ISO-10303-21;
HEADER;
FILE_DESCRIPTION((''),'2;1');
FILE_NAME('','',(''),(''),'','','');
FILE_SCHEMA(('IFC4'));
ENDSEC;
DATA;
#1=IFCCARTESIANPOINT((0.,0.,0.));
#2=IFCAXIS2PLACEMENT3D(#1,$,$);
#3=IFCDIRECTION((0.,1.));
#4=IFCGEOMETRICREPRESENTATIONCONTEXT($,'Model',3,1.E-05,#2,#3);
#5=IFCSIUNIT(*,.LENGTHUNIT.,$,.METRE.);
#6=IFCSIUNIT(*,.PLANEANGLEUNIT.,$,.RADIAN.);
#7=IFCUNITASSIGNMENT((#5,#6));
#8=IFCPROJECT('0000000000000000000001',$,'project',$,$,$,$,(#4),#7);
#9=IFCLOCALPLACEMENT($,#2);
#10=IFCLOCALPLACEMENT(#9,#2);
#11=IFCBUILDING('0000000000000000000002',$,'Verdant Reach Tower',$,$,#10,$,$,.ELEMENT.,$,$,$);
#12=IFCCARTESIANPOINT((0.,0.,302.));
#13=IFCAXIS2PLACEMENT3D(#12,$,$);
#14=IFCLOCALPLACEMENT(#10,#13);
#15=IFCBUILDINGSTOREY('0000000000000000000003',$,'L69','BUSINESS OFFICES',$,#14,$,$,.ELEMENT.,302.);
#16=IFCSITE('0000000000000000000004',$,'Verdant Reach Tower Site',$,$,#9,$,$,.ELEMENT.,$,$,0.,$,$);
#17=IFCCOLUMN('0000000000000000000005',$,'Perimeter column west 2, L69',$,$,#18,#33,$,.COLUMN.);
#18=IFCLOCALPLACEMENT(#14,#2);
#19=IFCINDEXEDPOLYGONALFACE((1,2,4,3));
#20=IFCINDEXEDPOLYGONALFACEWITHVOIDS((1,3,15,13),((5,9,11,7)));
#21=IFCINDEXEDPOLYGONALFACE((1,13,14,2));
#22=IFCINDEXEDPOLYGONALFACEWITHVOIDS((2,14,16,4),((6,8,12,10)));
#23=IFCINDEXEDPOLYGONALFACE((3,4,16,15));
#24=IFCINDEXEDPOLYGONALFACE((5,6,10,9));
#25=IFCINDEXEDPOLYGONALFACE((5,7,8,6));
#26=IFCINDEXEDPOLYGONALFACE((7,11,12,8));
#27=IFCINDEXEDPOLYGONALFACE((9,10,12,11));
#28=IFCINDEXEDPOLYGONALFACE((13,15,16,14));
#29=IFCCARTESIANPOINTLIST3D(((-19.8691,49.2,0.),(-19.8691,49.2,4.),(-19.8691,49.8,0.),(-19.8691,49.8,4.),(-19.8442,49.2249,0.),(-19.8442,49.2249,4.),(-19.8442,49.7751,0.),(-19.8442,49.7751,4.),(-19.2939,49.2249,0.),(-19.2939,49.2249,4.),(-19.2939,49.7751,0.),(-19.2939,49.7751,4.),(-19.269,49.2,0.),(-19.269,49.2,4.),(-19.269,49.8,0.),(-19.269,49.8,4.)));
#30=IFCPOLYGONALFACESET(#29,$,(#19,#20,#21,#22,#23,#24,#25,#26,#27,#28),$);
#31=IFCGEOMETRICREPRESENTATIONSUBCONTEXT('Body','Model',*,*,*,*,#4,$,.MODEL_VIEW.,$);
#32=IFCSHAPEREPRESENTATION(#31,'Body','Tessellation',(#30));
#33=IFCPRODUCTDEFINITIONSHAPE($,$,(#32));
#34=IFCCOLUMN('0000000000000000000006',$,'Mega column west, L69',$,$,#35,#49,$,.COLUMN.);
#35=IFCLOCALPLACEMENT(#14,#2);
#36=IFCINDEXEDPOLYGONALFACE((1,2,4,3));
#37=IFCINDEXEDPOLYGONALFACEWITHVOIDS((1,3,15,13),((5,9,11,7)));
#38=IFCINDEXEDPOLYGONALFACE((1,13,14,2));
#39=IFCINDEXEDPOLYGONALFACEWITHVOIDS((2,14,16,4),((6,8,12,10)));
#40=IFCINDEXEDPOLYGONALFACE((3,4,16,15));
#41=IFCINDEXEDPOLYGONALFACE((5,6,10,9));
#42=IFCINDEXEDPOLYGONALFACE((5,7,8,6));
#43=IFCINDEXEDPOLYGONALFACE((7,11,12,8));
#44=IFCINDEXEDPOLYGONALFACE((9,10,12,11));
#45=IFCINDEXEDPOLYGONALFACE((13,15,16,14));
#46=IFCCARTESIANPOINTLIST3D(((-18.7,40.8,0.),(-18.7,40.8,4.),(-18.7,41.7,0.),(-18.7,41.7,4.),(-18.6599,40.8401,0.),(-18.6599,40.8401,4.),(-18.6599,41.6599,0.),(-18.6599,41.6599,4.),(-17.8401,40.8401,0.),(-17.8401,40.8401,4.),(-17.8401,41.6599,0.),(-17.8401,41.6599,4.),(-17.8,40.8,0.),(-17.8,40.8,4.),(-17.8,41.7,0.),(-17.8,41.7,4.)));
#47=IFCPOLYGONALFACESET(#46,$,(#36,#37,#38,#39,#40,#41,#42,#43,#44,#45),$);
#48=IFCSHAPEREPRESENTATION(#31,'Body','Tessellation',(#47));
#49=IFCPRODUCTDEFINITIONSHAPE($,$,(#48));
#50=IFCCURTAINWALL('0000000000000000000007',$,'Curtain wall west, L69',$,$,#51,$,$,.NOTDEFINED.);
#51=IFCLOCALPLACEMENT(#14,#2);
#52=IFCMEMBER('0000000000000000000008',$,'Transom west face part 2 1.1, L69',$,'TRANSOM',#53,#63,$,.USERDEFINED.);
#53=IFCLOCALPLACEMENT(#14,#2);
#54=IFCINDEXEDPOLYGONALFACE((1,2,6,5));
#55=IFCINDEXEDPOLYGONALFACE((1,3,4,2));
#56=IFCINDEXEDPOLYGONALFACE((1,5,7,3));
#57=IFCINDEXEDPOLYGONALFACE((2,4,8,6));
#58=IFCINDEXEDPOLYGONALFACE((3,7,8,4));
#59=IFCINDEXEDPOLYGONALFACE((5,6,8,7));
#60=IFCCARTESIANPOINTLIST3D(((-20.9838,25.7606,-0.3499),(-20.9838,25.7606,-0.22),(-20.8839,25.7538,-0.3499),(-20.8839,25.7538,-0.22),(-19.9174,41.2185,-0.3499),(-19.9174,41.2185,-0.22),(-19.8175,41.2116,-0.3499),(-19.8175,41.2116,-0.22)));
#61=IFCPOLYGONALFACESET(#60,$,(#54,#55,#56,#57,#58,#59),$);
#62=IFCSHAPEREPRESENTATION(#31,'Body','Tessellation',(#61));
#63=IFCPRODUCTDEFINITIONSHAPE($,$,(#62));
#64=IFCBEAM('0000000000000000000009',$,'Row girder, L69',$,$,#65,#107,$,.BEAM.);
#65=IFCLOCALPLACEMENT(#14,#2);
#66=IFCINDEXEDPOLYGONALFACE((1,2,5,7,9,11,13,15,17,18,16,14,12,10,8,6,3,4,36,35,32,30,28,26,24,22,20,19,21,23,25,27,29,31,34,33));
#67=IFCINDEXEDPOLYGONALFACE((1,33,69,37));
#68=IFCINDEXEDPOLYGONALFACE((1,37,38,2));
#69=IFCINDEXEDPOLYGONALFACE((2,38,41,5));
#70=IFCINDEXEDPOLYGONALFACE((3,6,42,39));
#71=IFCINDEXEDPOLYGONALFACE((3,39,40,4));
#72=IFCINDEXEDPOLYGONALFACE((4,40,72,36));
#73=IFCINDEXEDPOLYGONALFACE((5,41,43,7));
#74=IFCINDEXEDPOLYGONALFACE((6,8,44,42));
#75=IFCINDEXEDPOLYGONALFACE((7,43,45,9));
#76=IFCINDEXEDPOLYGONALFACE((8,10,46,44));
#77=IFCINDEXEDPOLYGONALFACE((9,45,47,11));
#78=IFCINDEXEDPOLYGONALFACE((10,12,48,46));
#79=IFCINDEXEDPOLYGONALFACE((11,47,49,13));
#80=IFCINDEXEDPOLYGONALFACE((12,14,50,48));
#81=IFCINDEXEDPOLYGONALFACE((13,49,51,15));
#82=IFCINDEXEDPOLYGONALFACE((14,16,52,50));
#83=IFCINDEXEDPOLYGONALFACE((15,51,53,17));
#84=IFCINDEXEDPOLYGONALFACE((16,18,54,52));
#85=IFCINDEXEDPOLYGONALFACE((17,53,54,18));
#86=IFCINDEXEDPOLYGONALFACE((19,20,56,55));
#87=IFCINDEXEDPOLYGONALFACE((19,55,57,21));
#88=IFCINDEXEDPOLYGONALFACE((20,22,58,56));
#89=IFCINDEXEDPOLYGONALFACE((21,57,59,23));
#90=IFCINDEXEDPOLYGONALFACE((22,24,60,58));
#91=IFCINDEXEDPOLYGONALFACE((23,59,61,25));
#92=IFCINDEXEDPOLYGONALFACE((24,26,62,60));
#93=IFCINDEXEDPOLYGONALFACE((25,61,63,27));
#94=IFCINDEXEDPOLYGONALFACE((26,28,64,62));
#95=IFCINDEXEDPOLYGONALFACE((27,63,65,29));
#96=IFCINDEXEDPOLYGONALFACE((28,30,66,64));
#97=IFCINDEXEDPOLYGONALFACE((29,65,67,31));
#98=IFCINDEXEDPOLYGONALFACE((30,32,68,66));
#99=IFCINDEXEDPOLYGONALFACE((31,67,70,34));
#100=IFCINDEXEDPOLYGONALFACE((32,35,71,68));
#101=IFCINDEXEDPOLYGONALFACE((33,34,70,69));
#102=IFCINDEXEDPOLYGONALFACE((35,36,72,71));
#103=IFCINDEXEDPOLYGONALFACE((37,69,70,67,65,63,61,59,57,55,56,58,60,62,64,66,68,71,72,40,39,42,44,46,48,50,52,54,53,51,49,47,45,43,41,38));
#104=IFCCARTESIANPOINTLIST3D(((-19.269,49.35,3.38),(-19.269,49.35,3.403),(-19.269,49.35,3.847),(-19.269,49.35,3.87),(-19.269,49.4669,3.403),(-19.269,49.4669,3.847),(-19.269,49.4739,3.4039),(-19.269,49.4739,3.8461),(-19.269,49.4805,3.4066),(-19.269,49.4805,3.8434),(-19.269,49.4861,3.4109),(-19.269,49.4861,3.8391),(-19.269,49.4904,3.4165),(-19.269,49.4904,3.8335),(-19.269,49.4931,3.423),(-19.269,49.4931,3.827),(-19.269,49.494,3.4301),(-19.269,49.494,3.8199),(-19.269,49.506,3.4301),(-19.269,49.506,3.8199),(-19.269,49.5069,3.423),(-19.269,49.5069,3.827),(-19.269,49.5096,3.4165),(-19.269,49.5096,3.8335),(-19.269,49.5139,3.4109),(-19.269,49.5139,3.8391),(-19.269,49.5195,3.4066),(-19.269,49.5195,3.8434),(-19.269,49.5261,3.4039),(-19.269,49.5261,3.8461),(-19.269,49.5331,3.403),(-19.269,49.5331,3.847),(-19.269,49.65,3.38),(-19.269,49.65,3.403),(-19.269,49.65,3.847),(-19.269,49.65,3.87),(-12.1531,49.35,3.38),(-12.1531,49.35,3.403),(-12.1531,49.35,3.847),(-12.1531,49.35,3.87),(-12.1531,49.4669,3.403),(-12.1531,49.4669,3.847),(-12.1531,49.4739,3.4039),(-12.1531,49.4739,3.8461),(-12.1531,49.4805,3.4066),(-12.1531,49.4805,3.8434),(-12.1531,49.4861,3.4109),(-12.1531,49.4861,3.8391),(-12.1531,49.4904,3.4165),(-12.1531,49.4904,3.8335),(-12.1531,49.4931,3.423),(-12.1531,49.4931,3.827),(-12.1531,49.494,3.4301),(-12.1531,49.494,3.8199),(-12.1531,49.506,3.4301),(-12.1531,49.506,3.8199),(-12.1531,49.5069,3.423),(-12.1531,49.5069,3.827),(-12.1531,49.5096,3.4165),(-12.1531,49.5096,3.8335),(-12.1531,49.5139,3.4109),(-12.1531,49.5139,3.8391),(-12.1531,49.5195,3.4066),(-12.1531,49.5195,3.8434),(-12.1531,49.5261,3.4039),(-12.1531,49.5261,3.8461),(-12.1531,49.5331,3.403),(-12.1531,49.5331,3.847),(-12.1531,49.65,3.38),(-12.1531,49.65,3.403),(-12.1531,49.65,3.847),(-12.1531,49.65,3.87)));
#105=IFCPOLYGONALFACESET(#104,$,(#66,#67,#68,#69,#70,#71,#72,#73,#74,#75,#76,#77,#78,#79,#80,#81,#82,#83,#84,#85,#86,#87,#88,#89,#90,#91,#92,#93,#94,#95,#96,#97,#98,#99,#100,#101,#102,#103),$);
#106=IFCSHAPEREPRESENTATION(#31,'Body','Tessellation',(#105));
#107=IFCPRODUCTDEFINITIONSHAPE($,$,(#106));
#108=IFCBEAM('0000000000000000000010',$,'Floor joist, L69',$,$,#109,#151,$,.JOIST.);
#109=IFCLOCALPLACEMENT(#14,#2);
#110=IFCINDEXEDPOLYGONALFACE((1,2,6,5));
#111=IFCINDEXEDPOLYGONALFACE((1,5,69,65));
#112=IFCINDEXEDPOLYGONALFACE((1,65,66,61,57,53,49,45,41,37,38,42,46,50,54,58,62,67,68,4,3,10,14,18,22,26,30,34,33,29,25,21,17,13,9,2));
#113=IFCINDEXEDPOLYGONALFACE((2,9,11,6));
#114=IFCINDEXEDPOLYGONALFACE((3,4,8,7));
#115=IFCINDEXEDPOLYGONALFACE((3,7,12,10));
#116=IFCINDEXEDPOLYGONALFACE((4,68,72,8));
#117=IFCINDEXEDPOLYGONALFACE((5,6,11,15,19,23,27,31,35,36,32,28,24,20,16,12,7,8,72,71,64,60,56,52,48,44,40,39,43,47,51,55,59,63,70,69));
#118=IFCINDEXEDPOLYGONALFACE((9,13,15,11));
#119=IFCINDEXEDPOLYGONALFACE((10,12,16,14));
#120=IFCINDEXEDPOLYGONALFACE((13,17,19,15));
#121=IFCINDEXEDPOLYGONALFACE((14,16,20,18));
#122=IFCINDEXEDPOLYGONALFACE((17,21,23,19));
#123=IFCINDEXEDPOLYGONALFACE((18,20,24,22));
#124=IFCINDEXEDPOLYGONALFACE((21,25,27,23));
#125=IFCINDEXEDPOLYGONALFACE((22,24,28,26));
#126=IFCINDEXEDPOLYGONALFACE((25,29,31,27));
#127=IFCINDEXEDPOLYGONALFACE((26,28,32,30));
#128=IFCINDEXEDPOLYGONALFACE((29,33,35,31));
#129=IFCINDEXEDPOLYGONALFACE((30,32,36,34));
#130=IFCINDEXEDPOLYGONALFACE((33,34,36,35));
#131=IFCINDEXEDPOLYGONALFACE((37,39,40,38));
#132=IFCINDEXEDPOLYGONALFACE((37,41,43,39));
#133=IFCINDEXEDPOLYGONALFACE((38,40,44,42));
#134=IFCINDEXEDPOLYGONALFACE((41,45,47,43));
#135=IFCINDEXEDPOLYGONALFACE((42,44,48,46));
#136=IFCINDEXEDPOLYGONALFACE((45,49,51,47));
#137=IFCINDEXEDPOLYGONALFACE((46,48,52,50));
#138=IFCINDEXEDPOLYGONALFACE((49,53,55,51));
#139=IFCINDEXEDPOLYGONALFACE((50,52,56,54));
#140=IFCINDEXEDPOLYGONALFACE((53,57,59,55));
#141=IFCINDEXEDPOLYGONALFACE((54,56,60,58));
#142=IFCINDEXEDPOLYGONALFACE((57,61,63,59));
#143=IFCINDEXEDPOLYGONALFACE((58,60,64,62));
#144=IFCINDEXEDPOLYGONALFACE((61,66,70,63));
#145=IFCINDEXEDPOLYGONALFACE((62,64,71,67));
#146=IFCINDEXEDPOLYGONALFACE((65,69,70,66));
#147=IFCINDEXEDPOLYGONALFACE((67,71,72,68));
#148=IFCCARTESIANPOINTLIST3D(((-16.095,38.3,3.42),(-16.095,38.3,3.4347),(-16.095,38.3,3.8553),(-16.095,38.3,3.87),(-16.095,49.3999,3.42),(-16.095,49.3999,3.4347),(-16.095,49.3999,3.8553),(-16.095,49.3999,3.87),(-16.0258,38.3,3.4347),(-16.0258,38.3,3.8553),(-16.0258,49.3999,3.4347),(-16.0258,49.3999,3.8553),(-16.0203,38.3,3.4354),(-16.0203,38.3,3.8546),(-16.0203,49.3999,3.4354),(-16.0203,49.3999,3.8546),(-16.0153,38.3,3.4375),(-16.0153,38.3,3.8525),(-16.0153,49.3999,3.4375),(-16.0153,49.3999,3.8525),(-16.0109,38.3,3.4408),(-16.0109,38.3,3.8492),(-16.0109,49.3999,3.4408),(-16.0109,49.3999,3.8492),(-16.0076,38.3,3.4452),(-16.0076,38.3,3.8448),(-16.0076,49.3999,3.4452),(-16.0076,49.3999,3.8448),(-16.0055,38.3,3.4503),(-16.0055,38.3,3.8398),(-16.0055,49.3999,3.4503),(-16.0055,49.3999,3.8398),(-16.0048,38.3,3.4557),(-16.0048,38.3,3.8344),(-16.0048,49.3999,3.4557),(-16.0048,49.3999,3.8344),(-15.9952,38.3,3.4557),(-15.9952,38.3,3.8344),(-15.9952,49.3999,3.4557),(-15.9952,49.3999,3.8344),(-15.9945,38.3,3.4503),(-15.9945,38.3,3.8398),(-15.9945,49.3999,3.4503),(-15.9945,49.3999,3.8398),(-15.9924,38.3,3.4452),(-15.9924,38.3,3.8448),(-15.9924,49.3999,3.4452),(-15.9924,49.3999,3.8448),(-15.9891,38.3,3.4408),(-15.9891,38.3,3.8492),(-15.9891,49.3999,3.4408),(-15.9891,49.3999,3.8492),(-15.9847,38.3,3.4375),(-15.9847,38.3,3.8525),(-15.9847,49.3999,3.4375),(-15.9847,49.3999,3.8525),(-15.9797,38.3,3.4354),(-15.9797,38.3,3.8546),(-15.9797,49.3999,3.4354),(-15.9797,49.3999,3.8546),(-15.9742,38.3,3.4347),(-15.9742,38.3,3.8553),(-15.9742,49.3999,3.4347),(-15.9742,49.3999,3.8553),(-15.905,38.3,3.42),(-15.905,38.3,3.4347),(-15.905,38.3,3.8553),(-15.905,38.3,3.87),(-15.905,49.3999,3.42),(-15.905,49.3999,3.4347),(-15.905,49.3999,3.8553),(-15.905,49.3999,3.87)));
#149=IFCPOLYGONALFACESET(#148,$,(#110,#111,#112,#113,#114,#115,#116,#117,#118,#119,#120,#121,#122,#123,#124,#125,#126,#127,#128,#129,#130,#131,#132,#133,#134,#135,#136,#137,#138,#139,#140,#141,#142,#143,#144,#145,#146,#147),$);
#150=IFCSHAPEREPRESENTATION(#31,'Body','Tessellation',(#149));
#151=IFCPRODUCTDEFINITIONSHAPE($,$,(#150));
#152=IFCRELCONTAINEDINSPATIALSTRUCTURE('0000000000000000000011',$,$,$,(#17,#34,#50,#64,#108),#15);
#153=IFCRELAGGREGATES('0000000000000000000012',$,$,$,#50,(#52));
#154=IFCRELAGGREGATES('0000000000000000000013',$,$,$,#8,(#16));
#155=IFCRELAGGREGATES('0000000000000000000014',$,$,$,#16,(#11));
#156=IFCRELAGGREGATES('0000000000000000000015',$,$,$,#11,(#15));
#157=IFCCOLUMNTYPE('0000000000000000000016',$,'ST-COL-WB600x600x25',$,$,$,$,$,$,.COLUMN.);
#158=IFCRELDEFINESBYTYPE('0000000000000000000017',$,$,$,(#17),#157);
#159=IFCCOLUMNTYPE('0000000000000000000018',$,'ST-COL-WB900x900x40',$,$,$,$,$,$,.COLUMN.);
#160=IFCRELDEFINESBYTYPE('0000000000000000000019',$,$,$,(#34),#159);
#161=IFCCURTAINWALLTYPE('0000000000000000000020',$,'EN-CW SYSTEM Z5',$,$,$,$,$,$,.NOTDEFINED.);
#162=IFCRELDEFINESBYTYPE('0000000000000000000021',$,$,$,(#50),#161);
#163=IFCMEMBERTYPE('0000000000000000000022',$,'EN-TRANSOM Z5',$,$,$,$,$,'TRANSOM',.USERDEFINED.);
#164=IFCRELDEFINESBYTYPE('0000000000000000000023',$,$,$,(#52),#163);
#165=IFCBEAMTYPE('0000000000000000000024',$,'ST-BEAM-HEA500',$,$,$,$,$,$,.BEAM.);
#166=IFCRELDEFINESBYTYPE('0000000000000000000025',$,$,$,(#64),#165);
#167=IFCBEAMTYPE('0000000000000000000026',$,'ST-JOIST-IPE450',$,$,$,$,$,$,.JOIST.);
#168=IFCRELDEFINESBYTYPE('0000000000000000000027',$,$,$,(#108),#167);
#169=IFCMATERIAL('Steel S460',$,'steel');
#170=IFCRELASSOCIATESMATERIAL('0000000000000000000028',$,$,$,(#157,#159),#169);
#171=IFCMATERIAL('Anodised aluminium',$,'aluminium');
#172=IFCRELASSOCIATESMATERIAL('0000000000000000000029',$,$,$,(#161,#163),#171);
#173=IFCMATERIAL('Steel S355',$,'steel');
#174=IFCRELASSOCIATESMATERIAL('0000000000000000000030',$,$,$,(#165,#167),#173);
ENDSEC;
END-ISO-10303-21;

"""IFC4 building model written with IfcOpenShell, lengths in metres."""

from ifc_helpers import new_model, si_unit, direction, frame, origin, origin_2d, place, context, subcontext, project, spatial, rectangle, hollow_rectangle, i_section, extrude, material, material_profile, profile_set, type_object, element, aggregate, save


model = new_model("IFC4")

# Units and contexts
model_context = context("Model", 3, precision=1e-05, world=origin(), true_north=direction((0.0, 1.0)))
body_context = subcontext(model_context, "Body", "Model", "MODEL_VIEW")
ifc_project = project(units=[si_unit("LENGTHUNIT", "METRE"), si_unit("PLANEANGLEUNIT", "RADIAN")], contexts=[model_context])

# Site, building, storey
site_placement = place(None, origin())
site = spatial("IfcSite", under=ifc_project, at=site_placement, Name="Verdant Reach Tower Site", CompositionType="ELEMENT", RefElevation=0.0)
building_placement = place(site_placement, origin())
building = spatial("IfcBuilding", under=site, at=building_placement, Name="Verdant Reach Tower", CompositionType="ELEMENT")
storey_placement = place(building_placement, frame((0.0, 0.0, 302.0)))
storey = spatial("IfcBuildingStorey", under=building, at=storey_placement, Name="L69", Description="BUSINESS OFFICES", CompositionType="ELEMENT", Elevation=302.0)

# Columns
ifc_material_1 = material(Name="Steel S460", Category="steel")
ifc_material_profile_1 = material_profile(ifc_material_1, hollow_rectangle(XDim=0.6001, YDim=0.6001, WallThickness=0.0249, at=origin_2d()), Name="WB 600x600x25")
ifc_profile_set_1 = profile_set([ifc_material_profile_1], Name="Steel S460")
column_type_1 = type_object("IfcColumnType", Name="ST-COL-WB600x600x25", PredefinedType="COLUMN", material=ifc_profile_set_1)
column_1_placement = place(storey_placement, frame((-19.5691, 49.5, 0.0), z_axis=(0.0, 0.0, 1.0), x_axis=(1.0, 0.0, 0.0)))
element("IfcColumn", 1, at=column_1_placement, inside=storey, type_object=column_type_1, Name="Perimeter column west 2, L69", PredefinedType="COLUMN", context=body_context, shape_type="SweptSolid", body=[
    extrude(hollow_rectangle(XDim=0.6001, YDim=0.6001, WallThickness=0.0249, at=origin_2d()), origin(), (0.0, 0.0, 1.0), 4.0),
])
ifc_material_profile_2 = material_profile(ifc_material_1, hollow_rectangle(XDim=0.8999, YDim=0.8999, WallThickness=0.04, at=origin_2d()), Name="WB 900x900x40")
ifc_profile_set_2 = profile_set([ifc_material_profile_2], Name="Steel S460")
column_type_2 = type_object("IfcColumnType", Name="ST-COL-WB900x900x40", PredefinedType="COLUMN", material=ifc_profile_set_2)
column_2_placement = place(storey_placement, frame((-18.25, 41.25, 0.0), z_axis=(0.0, 0.0, 1.0), x_axis=(1.0, 0.0, 0.0)))
element("IfcColumn", 2, at=column_2_placement, inside=storey, type_object=column_type_2, Name="Mega column west, L69", PredefinedType="COLUMN", context=body_context, shape_type="SweptSolid", body=[
    extrude(hollow_rectangle(XDim=0.8999, YDim=0.8999, WallThickness=0.04, at=origin_2d()), origin(), (0.0, 0.0, 1.0), 4.0),
])

# Curtain wall, member
ifc_material_2 = material(Name="Anodised aluminium", Category="aluminium")
curtain_wall_type = type_object("IfcCurtainWallType", Name="EN-CW SYSTEM Z5", PredefinedType="NOTDEFINED", material=ifc_material_2)
curtain_wall_placement = place(storey_placement, origin())
curtain_wall = element("IfcCurtainWall", 3, at=curtain_wall_placement, inside=storey, type_object=curtain_wall_type, Name="Curtain wall west, L69", PredefinedType="NOTDEFINED")
ifc_material_profile_3 = material_profile(ifc_material_2, rectangle(XDim=0.1001, YDim=0.1299, at=origin_2d()), Name="Transom 130x100")
ifc_profile_set_3 = profile_set([ifc_material_profile_3], Name="Anodised aluminium")
member_type = type_object("IfcMemberType", Name="EN-TRANSOM Z5", ElementType="TRANSOM", PredefinedType="USERDEFINED", material=ifc_profile_set_3)
member_placement = place(storey_placement, frame((-19.8674, 41.2151, -0.2849), z_axis=(-0.068824, -0.997629, 0.0), x_axis=(0.997629, -0.068824, 0.0)))
member = element("IfcMember", 4, at=member_placement, type_object=member_type, Name="Transom west face part 2 1.1, L69", ObjectType="TRANSOM", PredefinedType="USERDEFINED", context=body_context, shape_type="SweptSolid", body=[
    extrude(rectangle(XDim=0.1001, YDim=0.1299, at=origin_2d()), origin(), (0.0, 0.0, 1.0), 15.4946),
])

# Beams
ifc_material_3 = material(Name="Steel S355", Category="steel")
ifc_material_profile_4 = material_profile(ifc_material_3, i_section(OverallWidth=0.3, OverallDepth=0.49, WebThickness=0.012, FlangeThickness=0.0229, FilletRadius=0.0271, at=origin_2d()), Name="HEA 500")
ifc_profile_set_4 = profile_set([ifc_material_profile_4], Name="Steel S355")
beam_type_1 = type_object("IfcBeamType", Name="ST-BEAM-HEA500", PredefinedType="BEAM", material=ifc_profile_set_4)
beam_1_placement = place(storey_placement, frame((-19.269, 49.5, 3.625), z_axis=(1.0, 0.0, 0.0), x_axis=(0.0, 1.0, 0.0)))
element("IfcBeam", 5, at=beam_1_placement, inside=storey, type_object=beam_type_1, Name="Row girder, L69", PredefinedType="BEAM", context=body_context, shape_type="SweptSolid", body=[
    extrude(i_section(OverallWidth=0.3, OverallDepth=0.49, WebThickness=0.012, FlangeThickness=0.0229, FilletRadius=0.0271, at=origin_2d()), origin(), (0.0, 0.0, 1.0), 7.116),
])
ifc_material_profile_5 = material_profile(ifc_material_3, i_section(OverallWidth=0.1899, OverallDepth=0.45, WebThickness=0.0095, FlangeThickness=0.0146, FilletRadius=0.021, at=origin_2d()), Name="IPE 450")
ifc_profile_set_5 = profile_set([ifc_material_profile_5], Name="Steel S355")
beam_type_2 = type_object("IfcBeamType", Name="ST-JOIST-IPE450", PredefinedType="JOIST", material=ifc_profile_set_5)
beam_2_placement = place(storey_placement, frame((-16.0, 38.3, 3.645), z_axis=(0.0, 1.0, 0.0), x_axis=(-1.0, 0.0, 0.0)))
element("IfcBeam", 6, at=beam_2_placement, inside=storey, type_object=beam_type_2, Name="Floor joist, L69", PredefinedType="JOIST", context=body_context, shape_type="SweptSolid", body=[
    extrude(i_section(OverallWidth=0.1899, OverallDepth=0.45, WebThickness=0.0095, FlangeThickness=0.0146, FilletRadius=0.021, at=origin_2d()), origin(), (0.0, 0.0, 1.0), 11.0999),
])

aggregate(curtain_wall, [member])

save(model, "model.ifc")
